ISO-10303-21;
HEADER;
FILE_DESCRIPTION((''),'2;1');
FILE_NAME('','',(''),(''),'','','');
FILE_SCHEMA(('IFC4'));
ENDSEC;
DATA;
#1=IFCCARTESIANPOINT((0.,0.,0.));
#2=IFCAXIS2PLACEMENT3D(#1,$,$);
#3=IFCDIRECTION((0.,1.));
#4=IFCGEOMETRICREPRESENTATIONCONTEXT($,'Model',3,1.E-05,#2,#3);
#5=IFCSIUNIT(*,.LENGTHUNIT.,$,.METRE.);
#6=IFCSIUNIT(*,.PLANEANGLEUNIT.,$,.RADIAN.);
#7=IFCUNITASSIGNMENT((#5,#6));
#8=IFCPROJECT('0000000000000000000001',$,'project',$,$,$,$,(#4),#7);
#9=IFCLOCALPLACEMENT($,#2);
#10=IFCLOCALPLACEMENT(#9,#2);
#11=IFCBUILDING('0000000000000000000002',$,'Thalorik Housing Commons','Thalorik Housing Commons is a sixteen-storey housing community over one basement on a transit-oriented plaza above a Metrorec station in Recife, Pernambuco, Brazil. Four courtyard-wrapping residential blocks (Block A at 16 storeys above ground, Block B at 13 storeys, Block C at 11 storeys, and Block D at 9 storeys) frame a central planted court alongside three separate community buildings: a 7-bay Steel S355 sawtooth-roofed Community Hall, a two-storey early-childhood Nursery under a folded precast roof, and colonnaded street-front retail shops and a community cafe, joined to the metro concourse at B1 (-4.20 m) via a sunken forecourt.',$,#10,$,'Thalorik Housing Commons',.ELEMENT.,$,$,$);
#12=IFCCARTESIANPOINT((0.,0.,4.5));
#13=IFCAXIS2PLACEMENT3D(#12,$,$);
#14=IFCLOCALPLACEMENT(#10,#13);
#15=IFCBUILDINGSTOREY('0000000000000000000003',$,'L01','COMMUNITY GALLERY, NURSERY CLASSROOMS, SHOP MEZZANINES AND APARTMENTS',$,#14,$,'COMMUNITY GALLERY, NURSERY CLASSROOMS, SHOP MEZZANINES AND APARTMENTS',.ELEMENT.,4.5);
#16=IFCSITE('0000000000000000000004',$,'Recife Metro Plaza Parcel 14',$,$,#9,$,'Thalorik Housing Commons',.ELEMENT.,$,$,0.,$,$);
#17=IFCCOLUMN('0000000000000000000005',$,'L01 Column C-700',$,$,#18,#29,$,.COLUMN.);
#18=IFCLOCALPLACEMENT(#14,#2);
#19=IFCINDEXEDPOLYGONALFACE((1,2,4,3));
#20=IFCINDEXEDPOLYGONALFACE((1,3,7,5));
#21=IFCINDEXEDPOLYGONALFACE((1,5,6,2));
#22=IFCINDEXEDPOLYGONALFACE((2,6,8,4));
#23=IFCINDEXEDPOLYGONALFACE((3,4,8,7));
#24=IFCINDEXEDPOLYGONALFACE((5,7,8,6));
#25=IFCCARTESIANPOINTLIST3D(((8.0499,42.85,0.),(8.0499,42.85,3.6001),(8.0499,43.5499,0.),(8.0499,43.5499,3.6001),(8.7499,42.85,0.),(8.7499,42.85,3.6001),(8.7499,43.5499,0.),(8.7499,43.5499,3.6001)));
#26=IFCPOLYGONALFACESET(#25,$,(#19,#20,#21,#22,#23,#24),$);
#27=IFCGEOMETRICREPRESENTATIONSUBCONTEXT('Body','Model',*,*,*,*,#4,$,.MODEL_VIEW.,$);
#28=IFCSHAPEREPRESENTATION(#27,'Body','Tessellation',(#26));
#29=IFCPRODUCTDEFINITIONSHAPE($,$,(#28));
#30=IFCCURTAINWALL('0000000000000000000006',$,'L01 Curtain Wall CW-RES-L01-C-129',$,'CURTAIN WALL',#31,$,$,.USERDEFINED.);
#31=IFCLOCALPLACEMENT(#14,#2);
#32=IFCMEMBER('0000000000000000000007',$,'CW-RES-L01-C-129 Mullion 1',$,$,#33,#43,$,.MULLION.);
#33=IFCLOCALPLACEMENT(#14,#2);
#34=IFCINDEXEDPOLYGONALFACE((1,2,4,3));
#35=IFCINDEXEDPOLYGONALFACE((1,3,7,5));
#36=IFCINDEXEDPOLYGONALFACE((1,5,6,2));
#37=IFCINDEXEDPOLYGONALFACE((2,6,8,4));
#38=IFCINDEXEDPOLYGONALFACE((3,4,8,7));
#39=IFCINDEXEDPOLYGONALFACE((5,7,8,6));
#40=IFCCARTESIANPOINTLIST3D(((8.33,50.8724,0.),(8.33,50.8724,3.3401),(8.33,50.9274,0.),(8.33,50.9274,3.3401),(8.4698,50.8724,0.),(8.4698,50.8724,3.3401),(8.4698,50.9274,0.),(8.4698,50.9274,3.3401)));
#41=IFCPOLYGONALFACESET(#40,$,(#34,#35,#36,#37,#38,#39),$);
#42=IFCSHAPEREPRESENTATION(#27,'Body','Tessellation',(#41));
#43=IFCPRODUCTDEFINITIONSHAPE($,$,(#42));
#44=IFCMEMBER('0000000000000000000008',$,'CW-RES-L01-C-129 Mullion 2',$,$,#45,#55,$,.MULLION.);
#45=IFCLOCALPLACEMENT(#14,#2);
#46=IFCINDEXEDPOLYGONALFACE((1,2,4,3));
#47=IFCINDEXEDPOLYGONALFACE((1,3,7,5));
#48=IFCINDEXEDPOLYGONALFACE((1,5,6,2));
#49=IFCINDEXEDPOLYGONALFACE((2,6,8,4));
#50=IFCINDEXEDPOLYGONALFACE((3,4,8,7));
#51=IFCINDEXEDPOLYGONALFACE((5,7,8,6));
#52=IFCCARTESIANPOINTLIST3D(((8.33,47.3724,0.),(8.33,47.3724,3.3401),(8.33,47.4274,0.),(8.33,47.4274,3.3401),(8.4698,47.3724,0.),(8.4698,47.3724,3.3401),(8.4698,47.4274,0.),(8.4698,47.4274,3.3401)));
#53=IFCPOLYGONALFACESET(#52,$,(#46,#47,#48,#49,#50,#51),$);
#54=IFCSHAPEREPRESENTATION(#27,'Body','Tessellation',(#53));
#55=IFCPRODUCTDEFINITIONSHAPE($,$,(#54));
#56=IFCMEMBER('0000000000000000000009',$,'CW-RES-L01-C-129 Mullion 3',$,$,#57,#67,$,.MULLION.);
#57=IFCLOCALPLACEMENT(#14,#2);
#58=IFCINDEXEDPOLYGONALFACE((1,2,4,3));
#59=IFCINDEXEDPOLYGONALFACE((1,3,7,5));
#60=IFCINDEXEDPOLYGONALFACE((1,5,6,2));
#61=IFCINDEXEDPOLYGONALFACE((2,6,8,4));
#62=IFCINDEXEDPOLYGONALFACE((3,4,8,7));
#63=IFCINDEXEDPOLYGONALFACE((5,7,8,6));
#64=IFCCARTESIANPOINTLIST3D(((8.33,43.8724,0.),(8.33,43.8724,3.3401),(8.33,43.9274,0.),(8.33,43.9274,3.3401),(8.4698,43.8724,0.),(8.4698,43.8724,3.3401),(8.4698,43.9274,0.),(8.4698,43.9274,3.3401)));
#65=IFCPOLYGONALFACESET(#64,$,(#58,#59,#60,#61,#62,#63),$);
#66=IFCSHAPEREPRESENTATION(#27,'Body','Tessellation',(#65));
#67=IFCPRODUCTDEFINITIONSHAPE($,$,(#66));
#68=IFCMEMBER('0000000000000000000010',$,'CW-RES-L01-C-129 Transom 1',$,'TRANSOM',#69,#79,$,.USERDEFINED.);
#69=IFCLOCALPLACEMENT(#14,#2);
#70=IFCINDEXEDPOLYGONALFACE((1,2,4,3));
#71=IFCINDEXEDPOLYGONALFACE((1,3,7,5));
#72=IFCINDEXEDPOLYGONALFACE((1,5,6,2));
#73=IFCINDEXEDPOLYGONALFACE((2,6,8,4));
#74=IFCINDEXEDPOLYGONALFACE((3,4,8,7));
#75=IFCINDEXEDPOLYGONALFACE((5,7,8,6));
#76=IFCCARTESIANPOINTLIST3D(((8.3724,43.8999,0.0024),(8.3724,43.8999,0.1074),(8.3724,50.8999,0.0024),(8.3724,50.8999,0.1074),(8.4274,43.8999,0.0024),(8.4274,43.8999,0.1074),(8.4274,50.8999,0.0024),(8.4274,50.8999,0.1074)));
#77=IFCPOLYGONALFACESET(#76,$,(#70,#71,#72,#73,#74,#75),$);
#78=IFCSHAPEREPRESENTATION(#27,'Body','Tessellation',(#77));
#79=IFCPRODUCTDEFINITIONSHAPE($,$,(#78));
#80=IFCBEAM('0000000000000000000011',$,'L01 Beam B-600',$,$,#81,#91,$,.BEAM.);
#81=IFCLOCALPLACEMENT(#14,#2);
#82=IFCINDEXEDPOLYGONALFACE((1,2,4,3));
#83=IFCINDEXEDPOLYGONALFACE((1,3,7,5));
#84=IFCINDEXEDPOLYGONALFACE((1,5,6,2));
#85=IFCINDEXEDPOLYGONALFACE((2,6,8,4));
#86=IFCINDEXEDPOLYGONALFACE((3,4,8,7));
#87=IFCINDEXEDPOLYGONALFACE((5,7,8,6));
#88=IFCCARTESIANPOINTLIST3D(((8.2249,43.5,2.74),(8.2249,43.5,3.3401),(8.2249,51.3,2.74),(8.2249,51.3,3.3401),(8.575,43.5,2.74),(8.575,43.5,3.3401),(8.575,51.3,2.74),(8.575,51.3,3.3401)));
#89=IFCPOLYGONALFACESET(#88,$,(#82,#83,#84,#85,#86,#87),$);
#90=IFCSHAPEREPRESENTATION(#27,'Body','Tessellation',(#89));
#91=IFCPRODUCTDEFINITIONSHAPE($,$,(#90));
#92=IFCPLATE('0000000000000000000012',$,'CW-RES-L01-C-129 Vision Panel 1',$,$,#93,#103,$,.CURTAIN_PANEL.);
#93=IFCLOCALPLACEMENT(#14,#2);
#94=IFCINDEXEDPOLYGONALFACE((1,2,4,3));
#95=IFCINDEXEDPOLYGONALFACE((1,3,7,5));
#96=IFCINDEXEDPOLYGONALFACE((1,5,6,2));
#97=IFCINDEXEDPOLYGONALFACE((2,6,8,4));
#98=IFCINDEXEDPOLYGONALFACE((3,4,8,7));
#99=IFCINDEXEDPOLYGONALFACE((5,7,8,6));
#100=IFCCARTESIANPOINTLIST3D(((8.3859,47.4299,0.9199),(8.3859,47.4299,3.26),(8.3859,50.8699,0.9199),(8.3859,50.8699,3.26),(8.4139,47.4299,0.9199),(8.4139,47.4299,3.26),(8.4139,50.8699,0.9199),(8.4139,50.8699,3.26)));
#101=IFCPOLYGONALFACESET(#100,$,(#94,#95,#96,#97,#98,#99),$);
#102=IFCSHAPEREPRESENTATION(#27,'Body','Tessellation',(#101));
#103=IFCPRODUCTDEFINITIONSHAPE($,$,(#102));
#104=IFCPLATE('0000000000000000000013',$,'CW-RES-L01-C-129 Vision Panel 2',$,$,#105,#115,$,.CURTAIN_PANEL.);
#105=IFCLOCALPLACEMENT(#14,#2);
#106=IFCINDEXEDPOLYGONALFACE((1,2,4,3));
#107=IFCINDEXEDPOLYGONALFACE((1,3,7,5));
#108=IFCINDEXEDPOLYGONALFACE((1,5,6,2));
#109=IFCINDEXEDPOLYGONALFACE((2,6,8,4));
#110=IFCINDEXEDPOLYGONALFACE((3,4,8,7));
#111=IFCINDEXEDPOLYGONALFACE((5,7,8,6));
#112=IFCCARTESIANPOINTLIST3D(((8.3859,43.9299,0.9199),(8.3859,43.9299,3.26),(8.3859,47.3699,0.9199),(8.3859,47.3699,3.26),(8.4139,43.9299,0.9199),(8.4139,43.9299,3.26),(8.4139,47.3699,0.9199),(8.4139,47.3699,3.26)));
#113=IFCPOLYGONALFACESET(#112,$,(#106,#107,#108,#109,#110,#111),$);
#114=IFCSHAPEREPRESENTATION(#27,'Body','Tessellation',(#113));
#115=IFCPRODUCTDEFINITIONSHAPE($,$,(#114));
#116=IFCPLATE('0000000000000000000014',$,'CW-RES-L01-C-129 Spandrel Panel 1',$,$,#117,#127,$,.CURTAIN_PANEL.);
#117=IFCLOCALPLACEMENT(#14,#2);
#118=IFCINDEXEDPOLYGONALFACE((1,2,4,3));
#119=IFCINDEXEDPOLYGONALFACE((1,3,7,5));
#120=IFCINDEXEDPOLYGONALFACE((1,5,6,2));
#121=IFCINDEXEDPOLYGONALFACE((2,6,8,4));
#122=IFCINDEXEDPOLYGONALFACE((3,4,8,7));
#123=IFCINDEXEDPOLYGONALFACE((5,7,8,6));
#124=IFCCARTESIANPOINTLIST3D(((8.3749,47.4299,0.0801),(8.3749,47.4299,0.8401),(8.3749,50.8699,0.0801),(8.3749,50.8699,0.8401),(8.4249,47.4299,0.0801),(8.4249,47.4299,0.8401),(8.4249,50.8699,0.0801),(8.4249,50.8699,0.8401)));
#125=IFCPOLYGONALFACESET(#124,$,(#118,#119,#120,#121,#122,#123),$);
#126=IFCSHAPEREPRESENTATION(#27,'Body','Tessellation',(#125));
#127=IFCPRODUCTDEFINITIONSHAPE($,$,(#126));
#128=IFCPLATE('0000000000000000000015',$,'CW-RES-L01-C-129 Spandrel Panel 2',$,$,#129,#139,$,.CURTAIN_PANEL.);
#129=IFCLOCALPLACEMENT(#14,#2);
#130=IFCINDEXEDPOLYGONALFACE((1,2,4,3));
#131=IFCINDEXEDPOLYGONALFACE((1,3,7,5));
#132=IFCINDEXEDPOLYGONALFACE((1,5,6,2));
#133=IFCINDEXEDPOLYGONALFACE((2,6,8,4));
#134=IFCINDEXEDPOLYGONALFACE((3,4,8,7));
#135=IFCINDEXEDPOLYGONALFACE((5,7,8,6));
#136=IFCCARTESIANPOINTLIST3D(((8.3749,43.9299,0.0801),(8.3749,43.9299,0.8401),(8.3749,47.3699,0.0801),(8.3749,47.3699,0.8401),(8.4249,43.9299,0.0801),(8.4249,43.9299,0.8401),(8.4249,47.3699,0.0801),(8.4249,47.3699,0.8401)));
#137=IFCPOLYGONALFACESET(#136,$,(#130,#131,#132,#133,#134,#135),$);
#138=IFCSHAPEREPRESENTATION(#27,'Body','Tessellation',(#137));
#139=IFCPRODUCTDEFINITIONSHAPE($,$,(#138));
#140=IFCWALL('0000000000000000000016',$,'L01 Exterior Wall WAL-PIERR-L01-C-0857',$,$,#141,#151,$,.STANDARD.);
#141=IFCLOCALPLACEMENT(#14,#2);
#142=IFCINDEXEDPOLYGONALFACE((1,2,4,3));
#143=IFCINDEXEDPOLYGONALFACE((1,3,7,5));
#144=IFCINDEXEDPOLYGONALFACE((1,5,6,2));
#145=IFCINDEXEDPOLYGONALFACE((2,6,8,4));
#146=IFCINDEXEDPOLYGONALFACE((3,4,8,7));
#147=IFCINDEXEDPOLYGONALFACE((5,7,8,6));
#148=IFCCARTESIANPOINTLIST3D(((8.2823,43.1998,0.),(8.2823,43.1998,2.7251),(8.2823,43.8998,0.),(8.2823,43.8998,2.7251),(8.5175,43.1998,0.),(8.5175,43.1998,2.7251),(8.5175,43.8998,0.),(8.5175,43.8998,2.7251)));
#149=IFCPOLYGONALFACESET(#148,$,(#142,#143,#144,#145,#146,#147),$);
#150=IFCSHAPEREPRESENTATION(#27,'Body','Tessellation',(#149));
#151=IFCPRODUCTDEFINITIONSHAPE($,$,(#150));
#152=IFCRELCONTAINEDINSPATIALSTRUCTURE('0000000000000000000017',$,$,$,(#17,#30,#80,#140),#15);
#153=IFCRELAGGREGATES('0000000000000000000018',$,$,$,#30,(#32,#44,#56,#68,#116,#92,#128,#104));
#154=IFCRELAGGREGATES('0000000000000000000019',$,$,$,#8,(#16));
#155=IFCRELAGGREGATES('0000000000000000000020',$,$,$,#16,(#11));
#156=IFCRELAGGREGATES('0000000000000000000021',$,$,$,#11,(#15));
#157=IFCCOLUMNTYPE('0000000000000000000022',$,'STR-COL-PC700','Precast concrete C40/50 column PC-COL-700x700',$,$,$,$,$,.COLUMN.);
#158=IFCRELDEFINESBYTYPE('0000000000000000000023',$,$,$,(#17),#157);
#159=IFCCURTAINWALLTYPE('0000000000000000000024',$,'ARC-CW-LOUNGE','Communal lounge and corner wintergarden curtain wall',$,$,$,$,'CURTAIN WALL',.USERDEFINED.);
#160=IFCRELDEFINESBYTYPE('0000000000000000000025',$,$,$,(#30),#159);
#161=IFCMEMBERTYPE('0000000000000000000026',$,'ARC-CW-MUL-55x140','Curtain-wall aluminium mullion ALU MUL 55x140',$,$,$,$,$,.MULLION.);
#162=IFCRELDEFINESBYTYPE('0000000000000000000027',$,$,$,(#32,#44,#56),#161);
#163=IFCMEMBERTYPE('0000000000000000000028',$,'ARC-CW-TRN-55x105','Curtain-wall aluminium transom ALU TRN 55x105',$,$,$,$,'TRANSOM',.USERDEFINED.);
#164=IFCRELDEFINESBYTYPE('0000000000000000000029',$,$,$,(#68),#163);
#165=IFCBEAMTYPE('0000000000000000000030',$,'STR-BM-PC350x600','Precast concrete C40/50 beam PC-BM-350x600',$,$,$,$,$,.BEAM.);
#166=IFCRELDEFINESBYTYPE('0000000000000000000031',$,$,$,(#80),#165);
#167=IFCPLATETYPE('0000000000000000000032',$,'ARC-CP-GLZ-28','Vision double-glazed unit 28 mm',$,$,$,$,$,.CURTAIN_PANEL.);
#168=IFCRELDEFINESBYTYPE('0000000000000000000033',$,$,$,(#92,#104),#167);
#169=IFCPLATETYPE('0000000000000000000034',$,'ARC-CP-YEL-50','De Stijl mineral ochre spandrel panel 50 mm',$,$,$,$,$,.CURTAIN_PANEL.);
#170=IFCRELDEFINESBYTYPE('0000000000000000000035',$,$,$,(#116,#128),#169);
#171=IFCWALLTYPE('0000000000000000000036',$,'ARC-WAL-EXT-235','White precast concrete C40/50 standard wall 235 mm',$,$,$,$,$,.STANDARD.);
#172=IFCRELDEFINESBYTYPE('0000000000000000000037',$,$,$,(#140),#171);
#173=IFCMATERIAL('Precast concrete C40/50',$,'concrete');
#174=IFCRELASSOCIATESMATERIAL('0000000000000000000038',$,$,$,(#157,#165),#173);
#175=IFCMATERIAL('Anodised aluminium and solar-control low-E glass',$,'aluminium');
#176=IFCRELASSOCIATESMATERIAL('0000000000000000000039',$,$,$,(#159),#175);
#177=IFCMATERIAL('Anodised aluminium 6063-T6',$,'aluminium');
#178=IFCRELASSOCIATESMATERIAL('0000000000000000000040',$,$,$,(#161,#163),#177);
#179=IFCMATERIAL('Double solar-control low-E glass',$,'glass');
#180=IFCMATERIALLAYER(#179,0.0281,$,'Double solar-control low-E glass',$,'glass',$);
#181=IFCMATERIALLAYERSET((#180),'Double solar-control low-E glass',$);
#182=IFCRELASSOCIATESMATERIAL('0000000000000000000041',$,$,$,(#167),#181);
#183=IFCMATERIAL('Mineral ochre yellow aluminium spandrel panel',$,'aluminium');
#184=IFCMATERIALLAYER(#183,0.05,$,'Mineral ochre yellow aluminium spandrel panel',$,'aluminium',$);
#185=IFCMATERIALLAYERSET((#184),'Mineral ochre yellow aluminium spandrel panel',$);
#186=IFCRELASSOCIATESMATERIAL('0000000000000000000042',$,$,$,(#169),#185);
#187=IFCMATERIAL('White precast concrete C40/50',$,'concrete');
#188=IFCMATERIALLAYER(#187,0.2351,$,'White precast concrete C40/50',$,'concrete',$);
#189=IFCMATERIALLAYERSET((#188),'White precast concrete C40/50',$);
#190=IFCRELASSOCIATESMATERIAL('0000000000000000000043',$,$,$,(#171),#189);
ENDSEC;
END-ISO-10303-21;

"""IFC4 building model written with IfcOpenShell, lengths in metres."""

from ifc_helpers import new_model, si_unit, direction, frame, frame_2d, origin, origin_2d, place, context, subcontext, project, spatial, rectangle, extrude, material, layer, layer_set, material_profile, profile_set, type_object, element, aggregate, save


model = new_model("IFC4")

# Units and contexts
model_context = context("Model", 3, precision=1e-05, world=origin(), true_north=direction((0.0, 1.0)))
body_context = subcontext(model_context, "Body", "Model", "MODEL_VIEW")
ifc_project = project(units=[si_unit("LENGTHUNIT", "METRE"), si_unit("PLANEANGLEUNIT", "RADIAN")], contexts=[model_context])

# Site, building, storey
site_placement = place(None, origin())
site = spatial("IfcSite", under=ifc_project, at=site_placement, Name="Recife Metro Plaza Parcel 14", LongName="Thalorik Housing Commons", CompositionType="ELEMENT", RefElevation=0.0)
building_placement = place(site_placement, origin())
building = spatial("IfcBuilding", under=site, at=building_placement, Name="Thalorik Housing Commons", Description="Thalorik Housing Commons is a sixteen-storey housing community over one basement on a transit-oriented plaza above a Metrorec station in Recife, Pernambuco, Brazil. Four courtyard-wrapping residential blocks (Block A at 16 storeys above ground, Block B at 13 storeys, Block C at 11 storeys, and Block D at 9 storeys) frame a central planted court alongside three separate community buildings: a 7-bay Steel S355 sawtooth-roofed Community Hall, a two-storey early-childhood Nursery under a folded precast roof, and colonnaded street-front retail shops and a community cafe, joined to the metro concourse at B1 (-4.20 m) via a sunken forecourt.", LongName="Thalorik Housing Commons", CompositionType="ELEMENT")
storey_placement = place(building_placement, frame((0.0, 0.0, 4.5)))
storey = spatial("IfcBuildingStorey", under=building, at=storey_placement, Name="L01", Description="COMMUNITY GALLERY, NURSERY CLASSROOMS, SHOP MEZZANINES AND APARTMENTS", LongName="COMMUNITY GALLERY, NURSERY CLASSROOMS, SHOP MEZZANINES AND APARTMENTS", CompositionType="ELEMENT", Elevation=4.5)

# Column
ifc_material_1 = material(Name="Precast concrete C40/50", Category="concrete")
ifc_material_profile_1 = material_profile(ifc_material_1, rectangle(XDim=0.7, YDim=0.7, at=origin_2d()), Name="PC 700x700", Category="concrete")
ifc_profile_set_1 = profile_set([ifc_material_profile_1], Name="Precast concrete C40/50")
column_type = type_object("IfcColumnType", Name="STR-COL-PC700", Description="Precast concrete C40/50 column PC-COL-700x700", PredefinedType="COLUMN", material=ifc_profile_set_1)
column_placement = place(storey_placement, frame((8.3999, 43.2, 0.0), z_axis=(0.0, 0.0, 1.0), x_axis=(1.0, 0.0, 0.0)))
element("IfcColumn", 1, at=column_placement, inside=storey, type_object=column_type, Name="L01 Column C-700", PredefinedType="COLUMN", context=body_context, shape_type="SweptSolid", body=[
    extrude(rectangle(XDim=0.7, YDim=0.7, at=origin_2d()), origin(), (0.0, 0.0, 1.0), 3.6001),
])

# Curtain wall, members
ifc_material_2 = material(Name="Anodised aluminium and solar-control low-E glass", Category="aluminium")
curtain_wall_type = type_object("IfcCurtainWallType", Name="ARC-CW-LOUNGE", Description="Communal lounge and corner wintergarden curtain wall", ElementType="CURTAIN WALL", PredefinedType="USERDEFINED", material=ifc_material_2)
curtain_wall_placement = place(storey_placement, origin())
curtain_wall = element("IfcCurtainWall", 2, at=curtain_wall_placement, inside=storey, type_object=curtain_wall_type, Name="L01 Curtain Wall CW-RES-L01-C-129", ObjectType="CURTAIN WALL", PredefinedType="USERDEFINED")
ifc_material_3 = material(Name="Anodised aluminium 6063-T6", Category="aluminium")
ifc_material_profile_2 = material_profile(ifc_material_3, rectangle(XDim=0.0549, YDim=0.1399, at=origin_2d()), Name="ALU MUL 55x140", Category="aluminium")
ifc_profile_set_2 = profile_set([ifc_material_profile_2], Name="Anodised aluminium 6063-T6")
member_type_1 = type_object("IfcMemberType", Name="ARC-CW-MUL-55x140", Description="Curtain-wall aluminium mullion ALU MUL 55x140", PredefinedType="MULLION", material=ifc_profile_set_2)
member_1_placement = place(storey_placement, frame((8.3999, 50.8999, 0.0), z_axis=(0.0, 0.0, 1.0), x_axis=(0.0, -1.0, 0.0)))
member_1 = element("IfcMember", 3, at=member_1_placement, type_object=member_type_1, Name="CW-RES-L01-C-129 Mullion 1", PredefinedType="MULLION", context=body_context, shape_type="SweptSolid", body=[
    extrude(rectangle(XDim=0.0549, YDim=0.1399, at=origin_2d()), origin(), (0.0, 0.0, 1.0), 3.3401),
])
member_2_placement = place(storey_placement, frame((8.3999, 47.3999, 0.0), z_axis=(0.0, 0.0, 1.0), x_axis=(0.0, -1.0, 0.0)))
member_2 = element("IfcMember", 4, at=member_2_placement, type_object=member_type_1, Name="CW-RES-L01-C-129 Mullion 2", PredefinedType="MULLION", context=body_context, shape_type="SweptSolid", body=[
    extrude(rectangle(XDim=0.0549, YDim=0.1399, at=origin_2d()), origin(), (0.0, 0.0, 1.0), 3.3401),
])
member_3_placement = place(storey_placement, frame((8.3999, 43.8999, 0.0), z_axis=(0.0, 0.0, 1.0), x_axis=(0.0, -1.0, 0.0)))
member_3 = element("IfcMember", 5, at=member_3_placement, type_object=member_type_1, Name="CW-RES-L01-C-129 Mullion 3", PredefinedType="MULLION", context=body_context, shape_type="SweptSolid", body=[
    extrude(rectangle(XDim=0.0549, YDim=0.1399, at=origin_2d()), origin(), (0.0, 0.0, 1.0), 3.3401),
])
ifc_material_profile_3 = material_profile(ifc_material_3, rectangle(XDim=0.0549, YDim=0.105, at=origin_2d()), Name="ALU TRN 55x105", Category="aluminium")
ifc_profile_set_3 = profile_set([ifc_material_profile_3], Name="Anodised aluminium 6063-T6")
member_type_2 = type_object("IfcMemberType", Name="ARC-CW-TRN-55x105", Description="Curtain-wall aluminium transom ALU TRN 55x105", ElementType="TRANSOM", PredefinedType="USERDEFINED", material=ifc_profile_set_3)
member_4_placement = place(storey_placement, frame((8.3999, 50.8999, 0.0549), z_axis=(0.0, -1.0, 0.0), x_axis=(1.0, 0.0, 0.0)))
member_4 = element("IfcMember", 6, at=member_4_placement, type_object=member_type_2, Name="CW-RES-L01-C-129 Transom 1", ObjectType="TRANSOM", PredefinedType="USERDEFINED", context=body_context, shape_type="SweptSolid", body=[
    extrude(rectangle(XDim=0.0549, YDim=0.105, at=origin_2d()), origin(), (0.0, 0.0, 1.0), 7.0),
])

# Beam
ifc_material_profile_4 = material_profile(ifc_material_1, rectangle(XDim=0.3501, YDim=0.6001, at=origin_2d()), Name="PC 350x600", Category="concrete")
ifc_profile_set_4 = profile_set([ifc_material_profile_4], Name="Precast concrete C40/50")
beam_type = type_object("IfcBeamType", Name="STR-BM-PC350x600", Description="Precast concrete C40/50 beam PC-BM-350x600", PredefinedType="BEAM", material=ifc_profile_set_4)
beam_placement = place(storey_placement, frame((8.3999, 43.5, 3.04), z_axis=(0.0, 1.0, 0.0), x_axis=(-1.0, 0.0, 0.0)))
element("IfcBeam", 7, at=beam_placement, inside=storey, type_object=beam_type, Name="L01 Beam B-600", PredefinedType="BEAM", context=body_context, shape_type="SweptSolid", body=[
    extrude(rectangle(XDim=0.3501, YDim=0.6001, at=origin_2d()), origin(), (0.0, 0.0, 1.0), 7.8),
])

# Plates
ifc_material_4 = material(Name="Double solar-control low-E glass", Category="glass")
ifc_layer_1 = layer(ifc_material_4, 0.0281, Name="Double solar-control low-E glass", Category="glass")
ifc_layer_set_1 = layer_set([ifc_layer_1], Name="Double solar-control low-E glass")
plate_type_1 = type_object("IfcPlateType", Name="ARC-CP-GLZ-28", Description="Vision double-glazed unit 28 mm", PredefinedType="CURTAIN_PANEL", material=ifc_layer_set_1)
plate_1_placement = place(storey_placement, frame((8.3999, 49.1499, 0.9199), z_axis=(0.0, 0.0, 1.0), x_axis=(0.0, -1.0, 0.0)))
plate_1 = element("IfcPlate", 8, at=plate_1_placement, type_object=plate_type_1, Name="CW-RES-L01-C-129 Vision Panel 1", PredefinedType="CURTAIN_PANEL", context=body_context, shape_type="SweptSolid", body=[
    extrude(rectangle(XDim=3.4399, YDim=0.0281, at=origin_2d()), origin(), (0.0, 0.0, 1.0), 2.3401),
])
plate_2_placement = place(storey_placement, frame((8.3999, 45.6499, 0.9199), z_axis=(0.0, 0.0, 1.0), x_axis=(0.0, -1.0, 0.0)))
plate_2 = element("IfcPlate", 9, at=plate_2_placement, type_object=plate_type_1, Name="CW-RES-L01-C-129 Vision Panel 2", PredefinedType="CURTAIN_PANEL", context=body_context, shape_type="SweptSolid", body=[
    extrude(rectangle(XDim=3.4399, YDim=0.0281, at=origin_2d()), origin(), (0.0, 0.0, 1.0), 2.3401),
])
ifc_material_5 = material(Name="Mineral ochre yellow aluminium spandrel panel", Category="aluminium")
ifc_layer_2 = layer(ifc_material_5, 0.05, Name="Mineral ochre yellow aluminium spandrel panel", Category="aluminium")
ifc_layer_set_2 = layer_set([ifc_layer_2], Name="Mineral ochre yellow aluminium spandrel panel")
plate_type_2 = type_object("IfcPlateType", Name="ARC-CP-YEL-50", Description="De Stijl mineral ochre spandrel panel 50 mm", PredefinedType="CURTAIN_PANEL", material=ifc_layer_set_2)
plate_3_placement = place(storey_placement, frame((8.3999, 49.1499, 0.0801), z_axis=(0.0, 0.0, 1.0), x_axis=(0.0, -1.0, 0.0)))
plate_3 = element("IfcPlate", 10, at=plate_3_placement, type_object=plate_type_2, Name="CW-RES-L01-C-129 Spandrel Panel 1", PredefinedType="CURTAIN_PANEL", context=body_context, shape_type="SweptSolid", body=[
    extrude(rectangle(XDim=3.4399, YDim=0.05, at=origin_2d()), origin(), (0.0, 0.0, 1.0), 0.76),
])
plate_4_placement = place(storey_placement, frame((8.3999, 45.6499, 0.0801), z_axis=(0.0, 0.0, 1.0), x_axis=(0.0, -1.0, 0.0)))
plate_4 = element("IfcPlate", 11, at=plate_4_placement, type_object=plate_type_2, Name="CW-RES-L01-C-129 Spandrel Panel 2", PredefinedType="CURTAIN_PANEL", context=body_context, shape_type="SweptSolid", body=[
    extrude(rectangle(XDim=3.4399, YDim=0.05, at=origin_2d()), origin(), (0.0, 0.0, 1.0), 0.76),
])
aggregate(curtain_wall, [member_1, member_2, member_3, member_4, plate_3, plate_1, plate_4, plate_2])

# Wall
ifc_material_6 = material(Name="White precast concrete C40/50", Category="concrete")
ifc_layer_3 = layer(ifc_material_6, 0.2351, Name="White precast concrete C40/50", Category="concrete")
ifc_layer_set_3 = layer_set([ifc_layer_3], Name="White precast concrete C40/50")
wall_type_1 = type_object("IfcWallType", Name="ARC-WAL-EXT-235", Description="White precast concrete C40/50 standard wall 235 mm", PredefinedType="STANDARD", material=ifc_layer_set_3)
wall_1_placement = place(storey_placement, frame((8.3999, 43.8999, 0.0), z_axis=(0.0, 0.0, 1.0), x_axis=(0.0, -1.0, 0.0)))
element("IfcWall", 12, at=wall_1_placement, inside=storey, type_object=wall_type_1, Name="L01 Exterior Wall WAL-PIERR-L01-C-0857", PredefinedType="STANDARD", context=body_context, shape_type="SweptSolid", body=[
    extrude(rectangle(XDim=0.7, YDim=0.2351, at=frame_2d((0.3501, 0.0))), origin(), (0.0, 0.0, 1.0), 2.7251),
])

save(model, "model.ifc")
